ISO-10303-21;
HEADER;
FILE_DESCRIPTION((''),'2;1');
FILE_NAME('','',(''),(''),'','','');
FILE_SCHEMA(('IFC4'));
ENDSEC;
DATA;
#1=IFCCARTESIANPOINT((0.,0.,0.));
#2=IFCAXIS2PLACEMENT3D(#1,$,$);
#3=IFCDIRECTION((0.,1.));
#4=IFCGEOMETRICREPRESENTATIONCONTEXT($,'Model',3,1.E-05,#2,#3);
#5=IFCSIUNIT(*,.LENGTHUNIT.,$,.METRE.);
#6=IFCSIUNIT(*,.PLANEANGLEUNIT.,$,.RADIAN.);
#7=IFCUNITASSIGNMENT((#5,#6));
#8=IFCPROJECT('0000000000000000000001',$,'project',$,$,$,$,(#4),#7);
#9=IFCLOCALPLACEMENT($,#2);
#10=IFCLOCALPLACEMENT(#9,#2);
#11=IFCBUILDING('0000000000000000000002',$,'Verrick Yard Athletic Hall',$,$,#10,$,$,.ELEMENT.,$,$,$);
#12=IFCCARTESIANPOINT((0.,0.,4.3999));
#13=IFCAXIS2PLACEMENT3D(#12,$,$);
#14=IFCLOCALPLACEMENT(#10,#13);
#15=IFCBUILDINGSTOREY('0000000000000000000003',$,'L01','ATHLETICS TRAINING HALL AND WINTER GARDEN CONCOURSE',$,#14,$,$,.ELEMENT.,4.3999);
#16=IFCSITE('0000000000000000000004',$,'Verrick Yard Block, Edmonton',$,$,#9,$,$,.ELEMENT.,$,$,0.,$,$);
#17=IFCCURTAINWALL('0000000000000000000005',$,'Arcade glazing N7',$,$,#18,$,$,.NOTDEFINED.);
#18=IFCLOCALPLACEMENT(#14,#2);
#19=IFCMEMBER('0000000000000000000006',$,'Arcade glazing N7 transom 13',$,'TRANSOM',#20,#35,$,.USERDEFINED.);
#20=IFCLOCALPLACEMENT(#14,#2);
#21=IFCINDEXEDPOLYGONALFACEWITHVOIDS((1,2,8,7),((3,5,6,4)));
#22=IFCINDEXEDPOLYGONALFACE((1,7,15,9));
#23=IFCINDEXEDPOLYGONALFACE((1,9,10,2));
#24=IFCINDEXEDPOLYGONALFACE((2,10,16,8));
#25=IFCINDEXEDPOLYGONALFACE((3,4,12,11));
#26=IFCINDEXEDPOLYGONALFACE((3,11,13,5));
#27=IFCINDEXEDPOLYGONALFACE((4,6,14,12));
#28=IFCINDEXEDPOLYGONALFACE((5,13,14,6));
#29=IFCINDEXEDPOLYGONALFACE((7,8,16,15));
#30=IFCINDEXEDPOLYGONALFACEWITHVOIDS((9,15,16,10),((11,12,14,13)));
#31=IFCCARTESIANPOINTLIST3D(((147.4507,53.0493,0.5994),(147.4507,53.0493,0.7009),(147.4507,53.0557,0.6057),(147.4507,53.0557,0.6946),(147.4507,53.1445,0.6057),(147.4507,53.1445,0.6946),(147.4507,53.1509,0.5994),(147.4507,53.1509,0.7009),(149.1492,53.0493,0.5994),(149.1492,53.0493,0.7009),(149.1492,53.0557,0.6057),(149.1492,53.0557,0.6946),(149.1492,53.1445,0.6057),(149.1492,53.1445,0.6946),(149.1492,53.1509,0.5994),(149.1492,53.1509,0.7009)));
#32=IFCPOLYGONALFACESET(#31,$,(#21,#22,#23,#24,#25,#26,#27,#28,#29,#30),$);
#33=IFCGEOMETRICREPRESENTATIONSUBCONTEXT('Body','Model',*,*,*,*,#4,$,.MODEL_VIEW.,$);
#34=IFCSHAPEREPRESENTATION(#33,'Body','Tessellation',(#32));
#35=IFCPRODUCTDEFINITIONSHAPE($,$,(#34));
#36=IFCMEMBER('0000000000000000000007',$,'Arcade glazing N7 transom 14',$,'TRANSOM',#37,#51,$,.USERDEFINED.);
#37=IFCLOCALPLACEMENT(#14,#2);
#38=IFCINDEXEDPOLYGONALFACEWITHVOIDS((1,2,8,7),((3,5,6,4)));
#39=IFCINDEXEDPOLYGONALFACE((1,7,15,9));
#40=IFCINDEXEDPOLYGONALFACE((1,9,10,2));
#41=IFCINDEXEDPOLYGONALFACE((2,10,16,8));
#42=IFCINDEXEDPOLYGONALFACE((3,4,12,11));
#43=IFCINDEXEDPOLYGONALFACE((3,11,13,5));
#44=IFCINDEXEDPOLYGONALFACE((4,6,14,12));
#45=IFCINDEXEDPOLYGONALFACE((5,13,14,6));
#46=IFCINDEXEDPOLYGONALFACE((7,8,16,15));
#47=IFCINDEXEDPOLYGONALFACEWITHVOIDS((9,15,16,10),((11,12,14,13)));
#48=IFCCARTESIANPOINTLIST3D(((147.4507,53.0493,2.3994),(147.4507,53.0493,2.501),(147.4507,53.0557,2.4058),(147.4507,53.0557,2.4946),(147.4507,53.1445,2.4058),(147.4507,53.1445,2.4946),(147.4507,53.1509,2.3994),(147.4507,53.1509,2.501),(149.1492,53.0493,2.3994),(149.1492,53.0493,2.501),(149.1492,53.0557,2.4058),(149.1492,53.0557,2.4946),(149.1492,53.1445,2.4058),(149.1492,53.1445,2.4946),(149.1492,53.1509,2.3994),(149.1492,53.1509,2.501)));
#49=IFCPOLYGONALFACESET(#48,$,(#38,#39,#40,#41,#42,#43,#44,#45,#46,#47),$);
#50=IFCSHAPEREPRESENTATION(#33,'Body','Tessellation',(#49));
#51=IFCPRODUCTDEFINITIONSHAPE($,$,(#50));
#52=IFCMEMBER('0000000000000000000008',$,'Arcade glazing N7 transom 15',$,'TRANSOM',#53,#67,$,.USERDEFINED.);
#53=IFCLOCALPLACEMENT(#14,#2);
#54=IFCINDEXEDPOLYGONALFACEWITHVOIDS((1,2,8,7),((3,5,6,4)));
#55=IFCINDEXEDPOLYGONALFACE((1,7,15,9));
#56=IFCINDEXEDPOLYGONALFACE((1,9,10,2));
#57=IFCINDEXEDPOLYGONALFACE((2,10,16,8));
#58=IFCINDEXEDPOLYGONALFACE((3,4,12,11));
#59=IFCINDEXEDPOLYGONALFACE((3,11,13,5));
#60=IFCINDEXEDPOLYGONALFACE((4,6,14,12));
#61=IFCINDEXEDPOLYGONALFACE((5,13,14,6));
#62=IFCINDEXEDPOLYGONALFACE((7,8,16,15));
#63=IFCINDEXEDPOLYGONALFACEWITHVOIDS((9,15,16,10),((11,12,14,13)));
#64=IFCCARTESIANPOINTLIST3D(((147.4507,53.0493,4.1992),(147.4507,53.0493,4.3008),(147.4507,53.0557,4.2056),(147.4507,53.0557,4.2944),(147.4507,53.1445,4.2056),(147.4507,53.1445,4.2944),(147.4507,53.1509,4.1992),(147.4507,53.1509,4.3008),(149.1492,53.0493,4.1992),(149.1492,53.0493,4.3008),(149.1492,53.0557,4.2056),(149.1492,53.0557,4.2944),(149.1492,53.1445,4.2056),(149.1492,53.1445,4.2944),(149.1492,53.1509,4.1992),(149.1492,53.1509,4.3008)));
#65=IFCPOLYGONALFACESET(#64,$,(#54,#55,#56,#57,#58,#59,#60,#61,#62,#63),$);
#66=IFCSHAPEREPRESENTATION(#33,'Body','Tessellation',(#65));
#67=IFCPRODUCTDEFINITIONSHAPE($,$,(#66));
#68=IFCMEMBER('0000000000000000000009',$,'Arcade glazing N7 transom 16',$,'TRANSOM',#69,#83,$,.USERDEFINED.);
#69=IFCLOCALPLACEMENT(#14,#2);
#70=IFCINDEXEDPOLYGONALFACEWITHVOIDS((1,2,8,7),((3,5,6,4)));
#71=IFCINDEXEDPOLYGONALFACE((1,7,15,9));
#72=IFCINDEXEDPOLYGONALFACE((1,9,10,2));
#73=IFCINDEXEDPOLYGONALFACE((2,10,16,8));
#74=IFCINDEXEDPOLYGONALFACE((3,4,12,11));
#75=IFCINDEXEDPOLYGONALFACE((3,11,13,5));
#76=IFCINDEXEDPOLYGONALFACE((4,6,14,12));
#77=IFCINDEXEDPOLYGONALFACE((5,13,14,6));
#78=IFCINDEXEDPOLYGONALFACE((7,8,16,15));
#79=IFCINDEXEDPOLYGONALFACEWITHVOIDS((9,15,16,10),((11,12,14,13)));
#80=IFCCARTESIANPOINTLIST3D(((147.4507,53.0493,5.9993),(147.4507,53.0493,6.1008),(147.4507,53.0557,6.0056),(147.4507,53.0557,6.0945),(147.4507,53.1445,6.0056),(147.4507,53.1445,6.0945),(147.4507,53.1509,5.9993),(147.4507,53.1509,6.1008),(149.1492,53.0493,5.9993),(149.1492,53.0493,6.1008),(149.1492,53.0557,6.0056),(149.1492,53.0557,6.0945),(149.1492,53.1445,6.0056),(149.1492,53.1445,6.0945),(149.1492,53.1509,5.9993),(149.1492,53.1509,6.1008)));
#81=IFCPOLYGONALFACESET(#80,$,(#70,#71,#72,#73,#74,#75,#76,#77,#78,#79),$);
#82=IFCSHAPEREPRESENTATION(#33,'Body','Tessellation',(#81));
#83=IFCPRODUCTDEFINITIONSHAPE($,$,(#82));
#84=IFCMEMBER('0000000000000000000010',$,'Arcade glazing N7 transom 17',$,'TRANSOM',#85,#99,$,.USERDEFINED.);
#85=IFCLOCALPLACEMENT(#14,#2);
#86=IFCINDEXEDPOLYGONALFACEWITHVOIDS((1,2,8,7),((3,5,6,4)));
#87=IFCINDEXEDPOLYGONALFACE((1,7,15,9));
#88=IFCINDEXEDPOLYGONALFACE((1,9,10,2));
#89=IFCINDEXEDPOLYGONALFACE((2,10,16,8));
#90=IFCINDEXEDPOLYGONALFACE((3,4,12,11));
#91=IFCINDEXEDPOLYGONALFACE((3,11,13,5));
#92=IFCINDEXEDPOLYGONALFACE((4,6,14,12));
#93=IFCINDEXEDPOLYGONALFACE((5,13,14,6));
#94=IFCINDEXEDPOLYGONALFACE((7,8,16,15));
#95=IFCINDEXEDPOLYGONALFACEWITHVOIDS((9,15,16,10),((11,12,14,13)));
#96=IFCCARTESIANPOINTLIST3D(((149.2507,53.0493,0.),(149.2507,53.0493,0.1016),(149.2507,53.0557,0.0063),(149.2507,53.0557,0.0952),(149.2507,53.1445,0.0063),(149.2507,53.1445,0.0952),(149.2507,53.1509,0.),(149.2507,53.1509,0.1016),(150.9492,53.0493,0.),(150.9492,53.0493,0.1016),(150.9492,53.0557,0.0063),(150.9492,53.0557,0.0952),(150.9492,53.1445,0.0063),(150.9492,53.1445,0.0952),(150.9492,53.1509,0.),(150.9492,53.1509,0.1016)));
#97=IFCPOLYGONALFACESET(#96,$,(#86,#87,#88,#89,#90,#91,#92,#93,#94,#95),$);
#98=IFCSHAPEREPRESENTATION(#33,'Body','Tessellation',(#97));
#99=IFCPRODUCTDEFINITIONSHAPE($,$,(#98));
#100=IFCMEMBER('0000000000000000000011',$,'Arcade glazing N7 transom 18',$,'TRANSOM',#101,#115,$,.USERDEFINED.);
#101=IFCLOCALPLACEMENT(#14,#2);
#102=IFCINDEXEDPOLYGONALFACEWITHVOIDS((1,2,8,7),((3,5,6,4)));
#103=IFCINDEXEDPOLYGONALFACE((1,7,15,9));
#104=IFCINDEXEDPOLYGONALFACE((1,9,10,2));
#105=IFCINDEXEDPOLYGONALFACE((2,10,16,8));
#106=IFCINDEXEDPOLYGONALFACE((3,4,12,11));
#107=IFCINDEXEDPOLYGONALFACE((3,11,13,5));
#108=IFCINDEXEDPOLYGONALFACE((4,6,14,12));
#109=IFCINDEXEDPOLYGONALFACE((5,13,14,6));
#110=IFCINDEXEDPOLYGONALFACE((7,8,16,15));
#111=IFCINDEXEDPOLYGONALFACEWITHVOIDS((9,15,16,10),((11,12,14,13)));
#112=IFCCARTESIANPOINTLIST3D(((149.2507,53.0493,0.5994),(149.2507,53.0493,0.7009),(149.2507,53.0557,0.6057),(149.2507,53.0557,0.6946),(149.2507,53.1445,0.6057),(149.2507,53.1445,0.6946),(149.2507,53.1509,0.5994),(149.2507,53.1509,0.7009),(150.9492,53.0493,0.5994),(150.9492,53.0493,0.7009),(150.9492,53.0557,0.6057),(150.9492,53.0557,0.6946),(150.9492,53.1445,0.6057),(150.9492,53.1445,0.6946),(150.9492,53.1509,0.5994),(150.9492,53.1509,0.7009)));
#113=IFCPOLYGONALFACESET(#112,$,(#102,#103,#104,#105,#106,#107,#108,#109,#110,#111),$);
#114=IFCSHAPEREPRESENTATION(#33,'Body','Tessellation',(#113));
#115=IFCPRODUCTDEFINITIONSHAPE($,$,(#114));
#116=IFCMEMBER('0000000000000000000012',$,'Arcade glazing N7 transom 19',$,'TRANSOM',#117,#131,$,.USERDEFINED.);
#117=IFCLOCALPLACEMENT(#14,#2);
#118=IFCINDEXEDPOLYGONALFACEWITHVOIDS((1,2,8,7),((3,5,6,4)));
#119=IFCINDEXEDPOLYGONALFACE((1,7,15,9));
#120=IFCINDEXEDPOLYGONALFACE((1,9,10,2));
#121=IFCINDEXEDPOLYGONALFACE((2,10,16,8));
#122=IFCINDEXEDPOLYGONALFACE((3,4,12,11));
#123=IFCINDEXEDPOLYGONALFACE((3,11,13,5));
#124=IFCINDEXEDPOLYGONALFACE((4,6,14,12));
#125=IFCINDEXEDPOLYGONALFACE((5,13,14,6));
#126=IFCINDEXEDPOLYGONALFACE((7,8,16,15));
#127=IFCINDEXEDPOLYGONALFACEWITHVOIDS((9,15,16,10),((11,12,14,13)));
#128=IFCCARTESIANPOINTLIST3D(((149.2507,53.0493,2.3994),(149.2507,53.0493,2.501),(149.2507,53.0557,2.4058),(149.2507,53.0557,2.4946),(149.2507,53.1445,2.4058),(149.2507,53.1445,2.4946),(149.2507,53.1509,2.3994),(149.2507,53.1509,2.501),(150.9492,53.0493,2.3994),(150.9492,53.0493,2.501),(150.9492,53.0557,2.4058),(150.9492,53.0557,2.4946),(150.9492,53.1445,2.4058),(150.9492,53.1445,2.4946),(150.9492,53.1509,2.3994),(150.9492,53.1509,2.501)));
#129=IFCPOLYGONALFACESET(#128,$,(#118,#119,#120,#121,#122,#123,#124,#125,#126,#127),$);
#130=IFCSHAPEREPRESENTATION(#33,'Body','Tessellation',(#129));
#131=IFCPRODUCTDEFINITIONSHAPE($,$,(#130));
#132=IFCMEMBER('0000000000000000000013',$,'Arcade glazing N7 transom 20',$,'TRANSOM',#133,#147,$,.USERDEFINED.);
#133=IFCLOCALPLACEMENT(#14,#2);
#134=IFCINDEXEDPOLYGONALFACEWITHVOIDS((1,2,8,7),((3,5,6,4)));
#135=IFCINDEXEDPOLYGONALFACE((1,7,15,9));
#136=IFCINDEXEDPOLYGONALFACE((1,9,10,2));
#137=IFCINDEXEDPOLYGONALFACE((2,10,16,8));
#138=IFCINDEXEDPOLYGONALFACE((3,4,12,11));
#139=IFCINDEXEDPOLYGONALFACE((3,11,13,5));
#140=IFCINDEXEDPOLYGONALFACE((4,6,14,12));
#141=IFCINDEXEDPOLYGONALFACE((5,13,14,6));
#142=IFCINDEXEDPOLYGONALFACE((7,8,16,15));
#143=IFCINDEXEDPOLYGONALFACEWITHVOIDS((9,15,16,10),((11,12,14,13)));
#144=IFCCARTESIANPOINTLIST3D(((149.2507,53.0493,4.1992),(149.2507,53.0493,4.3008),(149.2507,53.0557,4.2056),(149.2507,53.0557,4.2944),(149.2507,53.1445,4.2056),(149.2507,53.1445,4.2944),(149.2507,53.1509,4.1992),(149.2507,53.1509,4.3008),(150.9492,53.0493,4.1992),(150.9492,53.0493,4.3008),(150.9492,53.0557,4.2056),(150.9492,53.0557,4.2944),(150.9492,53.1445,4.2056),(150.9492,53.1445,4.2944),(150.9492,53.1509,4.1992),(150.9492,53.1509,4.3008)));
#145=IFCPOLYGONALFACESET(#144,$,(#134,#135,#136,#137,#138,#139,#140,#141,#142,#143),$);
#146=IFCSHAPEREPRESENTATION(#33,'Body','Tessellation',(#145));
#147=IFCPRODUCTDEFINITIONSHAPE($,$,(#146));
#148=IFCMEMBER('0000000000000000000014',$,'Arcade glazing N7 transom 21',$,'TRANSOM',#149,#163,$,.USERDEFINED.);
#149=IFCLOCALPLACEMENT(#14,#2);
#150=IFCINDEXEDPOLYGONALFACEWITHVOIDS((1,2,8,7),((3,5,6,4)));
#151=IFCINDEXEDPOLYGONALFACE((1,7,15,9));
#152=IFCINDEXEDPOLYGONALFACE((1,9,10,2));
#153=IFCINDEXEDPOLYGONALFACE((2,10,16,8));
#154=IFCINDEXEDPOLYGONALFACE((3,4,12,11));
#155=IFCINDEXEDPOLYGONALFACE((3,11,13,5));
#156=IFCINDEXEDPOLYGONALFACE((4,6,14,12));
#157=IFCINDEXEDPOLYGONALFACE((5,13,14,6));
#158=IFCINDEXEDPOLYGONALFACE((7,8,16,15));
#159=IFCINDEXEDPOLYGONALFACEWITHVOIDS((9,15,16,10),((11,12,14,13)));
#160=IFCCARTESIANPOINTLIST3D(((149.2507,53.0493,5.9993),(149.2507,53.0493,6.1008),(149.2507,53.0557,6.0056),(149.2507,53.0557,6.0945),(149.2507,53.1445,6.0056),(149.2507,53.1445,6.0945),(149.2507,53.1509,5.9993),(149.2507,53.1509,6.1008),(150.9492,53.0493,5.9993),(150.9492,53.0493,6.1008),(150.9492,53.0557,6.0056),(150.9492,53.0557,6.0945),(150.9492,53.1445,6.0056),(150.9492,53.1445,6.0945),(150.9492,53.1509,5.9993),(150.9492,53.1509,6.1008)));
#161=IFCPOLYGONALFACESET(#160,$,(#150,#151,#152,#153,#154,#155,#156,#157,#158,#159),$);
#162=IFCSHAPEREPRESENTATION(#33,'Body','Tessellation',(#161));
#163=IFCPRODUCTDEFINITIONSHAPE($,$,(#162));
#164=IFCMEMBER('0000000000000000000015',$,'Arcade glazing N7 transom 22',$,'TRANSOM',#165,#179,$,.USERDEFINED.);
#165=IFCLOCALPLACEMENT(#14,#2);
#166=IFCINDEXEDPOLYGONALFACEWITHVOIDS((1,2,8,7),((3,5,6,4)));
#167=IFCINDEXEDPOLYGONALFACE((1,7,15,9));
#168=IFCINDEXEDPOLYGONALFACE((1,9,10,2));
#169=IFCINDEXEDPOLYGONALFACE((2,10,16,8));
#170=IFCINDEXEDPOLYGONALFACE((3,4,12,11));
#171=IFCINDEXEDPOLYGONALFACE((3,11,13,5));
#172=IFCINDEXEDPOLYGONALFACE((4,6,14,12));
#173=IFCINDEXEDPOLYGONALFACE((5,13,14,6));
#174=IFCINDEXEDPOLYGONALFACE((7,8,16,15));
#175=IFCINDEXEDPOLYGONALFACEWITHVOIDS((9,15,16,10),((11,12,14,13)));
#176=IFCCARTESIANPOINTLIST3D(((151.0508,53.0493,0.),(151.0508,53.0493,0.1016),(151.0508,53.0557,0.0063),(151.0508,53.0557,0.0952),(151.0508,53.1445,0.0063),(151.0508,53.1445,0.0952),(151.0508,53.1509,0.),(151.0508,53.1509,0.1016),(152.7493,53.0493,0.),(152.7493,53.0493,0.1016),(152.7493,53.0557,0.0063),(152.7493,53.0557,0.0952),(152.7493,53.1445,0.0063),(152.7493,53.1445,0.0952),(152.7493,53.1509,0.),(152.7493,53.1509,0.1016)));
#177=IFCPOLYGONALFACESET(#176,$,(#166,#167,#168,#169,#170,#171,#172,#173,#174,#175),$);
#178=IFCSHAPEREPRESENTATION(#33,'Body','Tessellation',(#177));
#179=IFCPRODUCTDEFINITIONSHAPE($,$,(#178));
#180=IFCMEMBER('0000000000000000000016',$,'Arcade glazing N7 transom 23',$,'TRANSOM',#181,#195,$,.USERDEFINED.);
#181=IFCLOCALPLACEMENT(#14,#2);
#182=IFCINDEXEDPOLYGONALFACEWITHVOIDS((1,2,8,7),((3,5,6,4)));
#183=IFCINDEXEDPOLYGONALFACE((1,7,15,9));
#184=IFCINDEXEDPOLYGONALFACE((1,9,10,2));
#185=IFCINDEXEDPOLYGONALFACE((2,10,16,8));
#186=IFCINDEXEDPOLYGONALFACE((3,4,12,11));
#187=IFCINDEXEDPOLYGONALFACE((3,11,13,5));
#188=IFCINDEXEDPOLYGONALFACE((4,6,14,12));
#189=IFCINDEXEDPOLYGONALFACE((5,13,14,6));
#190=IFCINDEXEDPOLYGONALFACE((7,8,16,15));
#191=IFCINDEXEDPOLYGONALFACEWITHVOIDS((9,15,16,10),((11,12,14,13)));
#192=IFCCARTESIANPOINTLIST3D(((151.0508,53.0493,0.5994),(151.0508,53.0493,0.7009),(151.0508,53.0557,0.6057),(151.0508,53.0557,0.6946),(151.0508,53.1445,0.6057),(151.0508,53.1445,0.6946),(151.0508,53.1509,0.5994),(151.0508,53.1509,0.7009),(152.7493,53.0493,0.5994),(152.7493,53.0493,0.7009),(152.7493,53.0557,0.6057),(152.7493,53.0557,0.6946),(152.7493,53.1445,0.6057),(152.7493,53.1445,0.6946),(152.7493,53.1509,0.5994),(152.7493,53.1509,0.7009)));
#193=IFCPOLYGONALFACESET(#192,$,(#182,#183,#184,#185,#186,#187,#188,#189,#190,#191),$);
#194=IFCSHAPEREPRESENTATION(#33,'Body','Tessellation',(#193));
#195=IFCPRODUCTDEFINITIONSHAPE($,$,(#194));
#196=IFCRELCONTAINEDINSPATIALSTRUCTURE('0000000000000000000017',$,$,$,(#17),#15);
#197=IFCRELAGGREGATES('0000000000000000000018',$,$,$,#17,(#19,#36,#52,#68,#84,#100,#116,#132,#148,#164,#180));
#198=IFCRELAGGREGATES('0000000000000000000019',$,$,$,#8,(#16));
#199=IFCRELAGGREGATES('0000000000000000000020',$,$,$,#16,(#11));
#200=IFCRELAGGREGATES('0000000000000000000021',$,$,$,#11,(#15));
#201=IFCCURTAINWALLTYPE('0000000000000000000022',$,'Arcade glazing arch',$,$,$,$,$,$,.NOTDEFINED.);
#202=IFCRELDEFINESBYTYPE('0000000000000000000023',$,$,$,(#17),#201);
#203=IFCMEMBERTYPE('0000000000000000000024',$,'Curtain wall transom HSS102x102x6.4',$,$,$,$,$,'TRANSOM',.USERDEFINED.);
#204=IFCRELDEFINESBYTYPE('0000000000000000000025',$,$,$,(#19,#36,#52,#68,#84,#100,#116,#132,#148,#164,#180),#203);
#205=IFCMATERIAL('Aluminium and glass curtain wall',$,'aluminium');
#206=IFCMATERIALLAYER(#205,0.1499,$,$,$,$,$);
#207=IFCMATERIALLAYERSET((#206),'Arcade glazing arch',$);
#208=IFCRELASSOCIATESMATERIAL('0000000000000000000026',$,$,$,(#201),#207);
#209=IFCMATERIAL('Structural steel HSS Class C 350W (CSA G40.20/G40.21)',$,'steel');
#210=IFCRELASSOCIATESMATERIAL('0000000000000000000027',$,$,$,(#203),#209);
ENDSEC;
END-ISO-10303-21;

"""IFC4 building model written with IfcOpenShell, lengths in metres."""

from ifc_helpers import new_model, si_unit, direction, frame, origin, origin_2d, place, context, subcontext, project, spatial, hollow_rectangle, extrude, material, layer, layer_set, material_profile, profile_set, type_object, element, aggregate, save


model = new_model("IFC4")

# Units and contexts
model_context = context("Model", 3, precision=1e-05, world=origin(), true_north=direction((0.0, 1.0)))
body_context = subcontext(model_context, "Body", "Model", "MODEL_VIEW")
ifc_project = project(units=[si_unit("LENGTHUNIT", "METRE"), si_unit("PLANEANGLEUNIT", "RADIAN")], contexts=[model_context])

# Site, building, storey
site_placement = place(None, origin())
site = spatial("IfcSite", under=ifc_project, at=site_placement, Name="Verrick Yard Block, Edmonton", CompositionType="ELEMENT", RefElevation=0.0)
building_placement = place(site_placement, origin())
building = spatial("IfcBuilding", under=site, at=building_placement, Name="Verrick Yard Athletic Hall", CompositionType="ELEMENT")
storey_placement = place(building_placement, frame((0.0, 0.0, 4.3999)))
storey = spatial("IfcBuildingStorey", under=building, at=storey_placement, Name="L01", Description="ATHLETICS TRAINING HALL AND WINTER GARDEN CONCOURSE", CompositionType="ELEMENT", Elevation=4.3999)

# Curtain wall, members
ifc_material_1 = material(Name="Aluminium and glass curtain wall", Category="aluminium")
ifc_layer_1 = layer(ifc_material_1, 0.1499)
ifc_layer_set_1 = layer_set([ifc_layer_1], Name="Arcade glazing arch")
curtain_wall_type = type_object("IfcCurtainWallType", Name="Arcade glazing arch", PredefinedType="NOTDEFINED", material=ifc_layer_set_1)
curtain_wall_placement = place(storey_placement, origin())
curtain_wall = element("IfcCurtainWall", 1, at=curtain_wall_placement, inside=storey, type_object=curtain_wall_type, Name="Arcade glazing N7", PredefinedType="NOTDEFINED")
ifc_material_2 = material(Name="Structural steel HSS Class C 350W (CSA G40.20/G40.21)", Category="steel")
ifc_material_profile_1 = material_profile(ifc_material_2, hollow_rectangle(XDim=0.1016, YDim=0.1016, WallThickness=0.0063, at=origin_2d()), Name="HSS102x102x6.4")
ifc_profile_set_1 = profile_set([ifc_material_profile_1], Name="Structural steel HSS Class C 350W (CSA G40.20/G40.21)")
member_type_1 = type_object("IfcMemberType", Name="Curtain wall transom HSS102x102x6.4", ElementType="TRANSOM", PredefinedType="USERDEFINED", material=ifc_profile_set_1)
member_1_placement = place(storey_placement, frame((147.4507, 53.1001, 0.6501), z_axis=(1.0, 0.0, 0.0), x_axis=(0.0, 1.0, 0.0)))
member_1 = element("IfcMember", 2, at=member_1_placement, type_object=member_type_1, Name="Arcade glazing N7 transom 13", ObjectType="TRANSOM", PredefinedType="USERDEFINED", context=body_context, shape_type="SweptSolid", body=[
    extrude(hollow_rectangle(XDim=0.1016, YDim=0.1016, WallThickness=0.0063, at=origin_2d()), origin(), (0.0, 0.0, 1.0), 1.6985),
])
member_2_placement = place(storey_placement, frame((147.4507, 53.1001, 2.4502), z_axis=(1.0, 0.0, 0.0), x_axis=(0.0, 1.0, 0.0)))
member_2 = element("IfcMember", 3, at=member_2_placement, type_object=member_type_1, Name="Arcade glazing N7 transom 14", ObjectType="TRANSOM", PredefinedType="USERDEFINED", context=body_context, shape_type="SweptSolid", body=[
    extrude(hollow_rectangle(XDim=0.1016, YDim=0.1016, WallThickness=0.0063, at=origin_2d()), origin(), (0.0, 0.0, 1.0), 1.6985),
])
member_3_placement = place(storey_placement, frame((147.4507, 53.1001, 4.25), z_axis=(1.0, 0.0, 0.0), x_axis=(0.0, 1.0, 0.0)))
member_3 = element("IfcMember", 4, at=member_3_placement, type_object=member_type_1, Name="Arcade glazing N7 transom 15", ObjectType="TRANSOM", PredefinedType="USERDEFINED", context=body_context, shape_type="SweptSolid", body=[
    extrude(hollow_rectangle(XDim=0.1016, YDim=0.1016, WallThickness=0.0063, at=origin_2d()), origin(), (0.0, 0.0, 1.0), 1.6985),
])
member_4_placement = place(storey_placement, frame((147.4507, 53.1001, 6.05), z_axis=(1.0, 0.0, 0.0), x_axis=(0.0, 1.0, 0.0)))
member_4 = element("IfcMember", 5, at=member_4_placement, type_object=member_type_1, Name="Arcade glazing N7 transom 16", ObjectType="TRANSOM", PredefinedType="USERDEFINED", context=body_context, shape_type="SweptSolid", body=[
    extrude(hollow_rectangle(XDim=0.1016, YDim=0.1016, WallThickness=0.0063, at=origin_2d()), origin(), (0.0, 0.0, 1.0), 1.6985),
])
member_5_placement = place(storey_placement, frame((149.2507, 53.1001, 0.0508), z_axis=(1.0, 0.0, 0.0), x_axis=(0.0, 1.0, 0.0)))
member_5 = element("IfcMember", 6, at=member_5_placement, type_object=member_type_1, Name="Arcade glazing N7 transom 17", ObjectType="TRANSOM", PredefinedType="USERDEFINED", context=body_context, shape_type="SweptSolid", body=[
    extrude(hollow_rectangle(XDim=0.1016, YDim=0.1016, WallThickness=0.0063, at=origin_2d()), origin(), (0.0, 0.0, 1.0), 1.6985),
])
member_6_placement = place(storey_placement, frame((149.2507, 53.1001, 0.6501), z_axis=(1.0, 0.0, 0.0), x_axis=(0.0, 1.0, 0.0)))
member_6 = element("IfcMember", 7, at=member_6_placement, type_object=member_type_1, Name="Arcade glazing N7 transom 18", ObjectType="TRANSOM", PredefinedType="USERDEFINED", context=body_context, shape_type="SweptSolid", body=[
    extrude(hollow_rectangle(XDim=0.1016, YDim=0.1016, WallThickness=0.0063, at=origin_2d()), origin(), (0.0, 0.0, 1.0), 1.6985),
])
member_7_placement = place(storey_placement, frame((149.2507, 53.1001, 2.4502), z_axis=(1.0, 0.0, 0.0), x_axis=(0.0, 1.0, 0.0)))
member_7 = element("IfcMember", 8, at=member_7_placement, type_object=member_type_1, Name="Arcade glazing N7 transom 19", ObjectType="TRANSOM", PredefinedType="USERDEFINED", context=body_context, shape_type="SweptSolid", body=[
    extrude(hollow_rectangle(XDim=0.1016, YDim=0.1016, WallThickness=0.0063, at=origin_2d()), origin(), (0.0, 0.0, 1.0), 1.6985),
])
member_8_placement = place(storey_placement, frame((149.2507, 53.1001, 4.25), z_axis=(1.0, 0.0, 0.0), x_axis=(0.0, 1.0, 0.0)))
member_8 = element("IfcMember", 9, at=member_8_placement, type_object=member_type_1, Name="Arcade glazing N7 transom 20", ObjectType="TRANSOM", PredefinedType="USERDEFINED", context=body_context, shape_type="SweptSolid", body=[
    extrude(hollow_rectangle(XDim=0.1016, YDim=0.1016, WallThickness=0.0063, at=origin_2d()), origin(), (0.0, 0.0, 1.0), 1.6985),
])
member_9_placement = place(storey_placement, frame((149.2507, 53.1001, 6.05), z_axis=(1.0, 0.0, 0.0), x_axis=(0.0, 1.0, 0.0)))
member_9 = element("IfcMember", 10, at=member_9_placement, type_object=member_type_1, Name="Arcade glazing N7 transom 21", ObjectType="TRANSOM", PredefinedType="USERDEFINED", context=body_context, shape_type="SweptSolid", body=[
    extrude(hollow_rectangle(XDim=0.1016, YDim=0.1016, WallThickness=0.0063, at=origin_2d()), origin(), (0.0, 0.0, 1.0), 1.6985),
])
member_10_placement = place(storey_placement, frame((151.0508, 53.1001, 0.0508), z_axis=(1.0, 0.0, 0.0), x_axis=(0.0, 1.0, 0.0)))
member_10 = element("IfcMember", 11, at=member_10_placement, type_object=member_type_1, Name="Arcade glazing N7 transom 22", ObjectType="TRANSOM", PredefinedType="USERDEFINED", context=body_context, shape_type="SweptSolid", body=[
    extrude(hollow_rectangle(XDim=0.1016, YDim=0.1016, WallThickness=0.0063, at=origin_2d()), origin(), (0.0, 0.0, 1.0), 1.6985),
])
member_11_placement = place(storey_placement, frame((151.0508, 53.1001, 0.6501), z_axis=(1.0, 0.0, 0.0), x_axis=(0.0, 1.0, 0.0)))
member_11 = element("IfcMember", 12, at=member_11_placement, type_object=member_type_1, Name="Arcade glazing N7 transom 23", ObjectType="TRANSOM", PredefinedType="USERDEFINED", context=body_context, shape_type="SweptSolid", body=[
    extrude(hollow_rectangle(XDim=0.1016, YDim=0.1016, WallThickness=0.0063, at=origin_2d()), origin(), (0.0, 0.0, 1.0), 1.6985),
])
aggregate(curtain_wall, [member_1, member_2, member_3, member_4, member_5, member_6, member_7, member_8, member_9, member_10, member_11])

save(model, "model.ifc")
